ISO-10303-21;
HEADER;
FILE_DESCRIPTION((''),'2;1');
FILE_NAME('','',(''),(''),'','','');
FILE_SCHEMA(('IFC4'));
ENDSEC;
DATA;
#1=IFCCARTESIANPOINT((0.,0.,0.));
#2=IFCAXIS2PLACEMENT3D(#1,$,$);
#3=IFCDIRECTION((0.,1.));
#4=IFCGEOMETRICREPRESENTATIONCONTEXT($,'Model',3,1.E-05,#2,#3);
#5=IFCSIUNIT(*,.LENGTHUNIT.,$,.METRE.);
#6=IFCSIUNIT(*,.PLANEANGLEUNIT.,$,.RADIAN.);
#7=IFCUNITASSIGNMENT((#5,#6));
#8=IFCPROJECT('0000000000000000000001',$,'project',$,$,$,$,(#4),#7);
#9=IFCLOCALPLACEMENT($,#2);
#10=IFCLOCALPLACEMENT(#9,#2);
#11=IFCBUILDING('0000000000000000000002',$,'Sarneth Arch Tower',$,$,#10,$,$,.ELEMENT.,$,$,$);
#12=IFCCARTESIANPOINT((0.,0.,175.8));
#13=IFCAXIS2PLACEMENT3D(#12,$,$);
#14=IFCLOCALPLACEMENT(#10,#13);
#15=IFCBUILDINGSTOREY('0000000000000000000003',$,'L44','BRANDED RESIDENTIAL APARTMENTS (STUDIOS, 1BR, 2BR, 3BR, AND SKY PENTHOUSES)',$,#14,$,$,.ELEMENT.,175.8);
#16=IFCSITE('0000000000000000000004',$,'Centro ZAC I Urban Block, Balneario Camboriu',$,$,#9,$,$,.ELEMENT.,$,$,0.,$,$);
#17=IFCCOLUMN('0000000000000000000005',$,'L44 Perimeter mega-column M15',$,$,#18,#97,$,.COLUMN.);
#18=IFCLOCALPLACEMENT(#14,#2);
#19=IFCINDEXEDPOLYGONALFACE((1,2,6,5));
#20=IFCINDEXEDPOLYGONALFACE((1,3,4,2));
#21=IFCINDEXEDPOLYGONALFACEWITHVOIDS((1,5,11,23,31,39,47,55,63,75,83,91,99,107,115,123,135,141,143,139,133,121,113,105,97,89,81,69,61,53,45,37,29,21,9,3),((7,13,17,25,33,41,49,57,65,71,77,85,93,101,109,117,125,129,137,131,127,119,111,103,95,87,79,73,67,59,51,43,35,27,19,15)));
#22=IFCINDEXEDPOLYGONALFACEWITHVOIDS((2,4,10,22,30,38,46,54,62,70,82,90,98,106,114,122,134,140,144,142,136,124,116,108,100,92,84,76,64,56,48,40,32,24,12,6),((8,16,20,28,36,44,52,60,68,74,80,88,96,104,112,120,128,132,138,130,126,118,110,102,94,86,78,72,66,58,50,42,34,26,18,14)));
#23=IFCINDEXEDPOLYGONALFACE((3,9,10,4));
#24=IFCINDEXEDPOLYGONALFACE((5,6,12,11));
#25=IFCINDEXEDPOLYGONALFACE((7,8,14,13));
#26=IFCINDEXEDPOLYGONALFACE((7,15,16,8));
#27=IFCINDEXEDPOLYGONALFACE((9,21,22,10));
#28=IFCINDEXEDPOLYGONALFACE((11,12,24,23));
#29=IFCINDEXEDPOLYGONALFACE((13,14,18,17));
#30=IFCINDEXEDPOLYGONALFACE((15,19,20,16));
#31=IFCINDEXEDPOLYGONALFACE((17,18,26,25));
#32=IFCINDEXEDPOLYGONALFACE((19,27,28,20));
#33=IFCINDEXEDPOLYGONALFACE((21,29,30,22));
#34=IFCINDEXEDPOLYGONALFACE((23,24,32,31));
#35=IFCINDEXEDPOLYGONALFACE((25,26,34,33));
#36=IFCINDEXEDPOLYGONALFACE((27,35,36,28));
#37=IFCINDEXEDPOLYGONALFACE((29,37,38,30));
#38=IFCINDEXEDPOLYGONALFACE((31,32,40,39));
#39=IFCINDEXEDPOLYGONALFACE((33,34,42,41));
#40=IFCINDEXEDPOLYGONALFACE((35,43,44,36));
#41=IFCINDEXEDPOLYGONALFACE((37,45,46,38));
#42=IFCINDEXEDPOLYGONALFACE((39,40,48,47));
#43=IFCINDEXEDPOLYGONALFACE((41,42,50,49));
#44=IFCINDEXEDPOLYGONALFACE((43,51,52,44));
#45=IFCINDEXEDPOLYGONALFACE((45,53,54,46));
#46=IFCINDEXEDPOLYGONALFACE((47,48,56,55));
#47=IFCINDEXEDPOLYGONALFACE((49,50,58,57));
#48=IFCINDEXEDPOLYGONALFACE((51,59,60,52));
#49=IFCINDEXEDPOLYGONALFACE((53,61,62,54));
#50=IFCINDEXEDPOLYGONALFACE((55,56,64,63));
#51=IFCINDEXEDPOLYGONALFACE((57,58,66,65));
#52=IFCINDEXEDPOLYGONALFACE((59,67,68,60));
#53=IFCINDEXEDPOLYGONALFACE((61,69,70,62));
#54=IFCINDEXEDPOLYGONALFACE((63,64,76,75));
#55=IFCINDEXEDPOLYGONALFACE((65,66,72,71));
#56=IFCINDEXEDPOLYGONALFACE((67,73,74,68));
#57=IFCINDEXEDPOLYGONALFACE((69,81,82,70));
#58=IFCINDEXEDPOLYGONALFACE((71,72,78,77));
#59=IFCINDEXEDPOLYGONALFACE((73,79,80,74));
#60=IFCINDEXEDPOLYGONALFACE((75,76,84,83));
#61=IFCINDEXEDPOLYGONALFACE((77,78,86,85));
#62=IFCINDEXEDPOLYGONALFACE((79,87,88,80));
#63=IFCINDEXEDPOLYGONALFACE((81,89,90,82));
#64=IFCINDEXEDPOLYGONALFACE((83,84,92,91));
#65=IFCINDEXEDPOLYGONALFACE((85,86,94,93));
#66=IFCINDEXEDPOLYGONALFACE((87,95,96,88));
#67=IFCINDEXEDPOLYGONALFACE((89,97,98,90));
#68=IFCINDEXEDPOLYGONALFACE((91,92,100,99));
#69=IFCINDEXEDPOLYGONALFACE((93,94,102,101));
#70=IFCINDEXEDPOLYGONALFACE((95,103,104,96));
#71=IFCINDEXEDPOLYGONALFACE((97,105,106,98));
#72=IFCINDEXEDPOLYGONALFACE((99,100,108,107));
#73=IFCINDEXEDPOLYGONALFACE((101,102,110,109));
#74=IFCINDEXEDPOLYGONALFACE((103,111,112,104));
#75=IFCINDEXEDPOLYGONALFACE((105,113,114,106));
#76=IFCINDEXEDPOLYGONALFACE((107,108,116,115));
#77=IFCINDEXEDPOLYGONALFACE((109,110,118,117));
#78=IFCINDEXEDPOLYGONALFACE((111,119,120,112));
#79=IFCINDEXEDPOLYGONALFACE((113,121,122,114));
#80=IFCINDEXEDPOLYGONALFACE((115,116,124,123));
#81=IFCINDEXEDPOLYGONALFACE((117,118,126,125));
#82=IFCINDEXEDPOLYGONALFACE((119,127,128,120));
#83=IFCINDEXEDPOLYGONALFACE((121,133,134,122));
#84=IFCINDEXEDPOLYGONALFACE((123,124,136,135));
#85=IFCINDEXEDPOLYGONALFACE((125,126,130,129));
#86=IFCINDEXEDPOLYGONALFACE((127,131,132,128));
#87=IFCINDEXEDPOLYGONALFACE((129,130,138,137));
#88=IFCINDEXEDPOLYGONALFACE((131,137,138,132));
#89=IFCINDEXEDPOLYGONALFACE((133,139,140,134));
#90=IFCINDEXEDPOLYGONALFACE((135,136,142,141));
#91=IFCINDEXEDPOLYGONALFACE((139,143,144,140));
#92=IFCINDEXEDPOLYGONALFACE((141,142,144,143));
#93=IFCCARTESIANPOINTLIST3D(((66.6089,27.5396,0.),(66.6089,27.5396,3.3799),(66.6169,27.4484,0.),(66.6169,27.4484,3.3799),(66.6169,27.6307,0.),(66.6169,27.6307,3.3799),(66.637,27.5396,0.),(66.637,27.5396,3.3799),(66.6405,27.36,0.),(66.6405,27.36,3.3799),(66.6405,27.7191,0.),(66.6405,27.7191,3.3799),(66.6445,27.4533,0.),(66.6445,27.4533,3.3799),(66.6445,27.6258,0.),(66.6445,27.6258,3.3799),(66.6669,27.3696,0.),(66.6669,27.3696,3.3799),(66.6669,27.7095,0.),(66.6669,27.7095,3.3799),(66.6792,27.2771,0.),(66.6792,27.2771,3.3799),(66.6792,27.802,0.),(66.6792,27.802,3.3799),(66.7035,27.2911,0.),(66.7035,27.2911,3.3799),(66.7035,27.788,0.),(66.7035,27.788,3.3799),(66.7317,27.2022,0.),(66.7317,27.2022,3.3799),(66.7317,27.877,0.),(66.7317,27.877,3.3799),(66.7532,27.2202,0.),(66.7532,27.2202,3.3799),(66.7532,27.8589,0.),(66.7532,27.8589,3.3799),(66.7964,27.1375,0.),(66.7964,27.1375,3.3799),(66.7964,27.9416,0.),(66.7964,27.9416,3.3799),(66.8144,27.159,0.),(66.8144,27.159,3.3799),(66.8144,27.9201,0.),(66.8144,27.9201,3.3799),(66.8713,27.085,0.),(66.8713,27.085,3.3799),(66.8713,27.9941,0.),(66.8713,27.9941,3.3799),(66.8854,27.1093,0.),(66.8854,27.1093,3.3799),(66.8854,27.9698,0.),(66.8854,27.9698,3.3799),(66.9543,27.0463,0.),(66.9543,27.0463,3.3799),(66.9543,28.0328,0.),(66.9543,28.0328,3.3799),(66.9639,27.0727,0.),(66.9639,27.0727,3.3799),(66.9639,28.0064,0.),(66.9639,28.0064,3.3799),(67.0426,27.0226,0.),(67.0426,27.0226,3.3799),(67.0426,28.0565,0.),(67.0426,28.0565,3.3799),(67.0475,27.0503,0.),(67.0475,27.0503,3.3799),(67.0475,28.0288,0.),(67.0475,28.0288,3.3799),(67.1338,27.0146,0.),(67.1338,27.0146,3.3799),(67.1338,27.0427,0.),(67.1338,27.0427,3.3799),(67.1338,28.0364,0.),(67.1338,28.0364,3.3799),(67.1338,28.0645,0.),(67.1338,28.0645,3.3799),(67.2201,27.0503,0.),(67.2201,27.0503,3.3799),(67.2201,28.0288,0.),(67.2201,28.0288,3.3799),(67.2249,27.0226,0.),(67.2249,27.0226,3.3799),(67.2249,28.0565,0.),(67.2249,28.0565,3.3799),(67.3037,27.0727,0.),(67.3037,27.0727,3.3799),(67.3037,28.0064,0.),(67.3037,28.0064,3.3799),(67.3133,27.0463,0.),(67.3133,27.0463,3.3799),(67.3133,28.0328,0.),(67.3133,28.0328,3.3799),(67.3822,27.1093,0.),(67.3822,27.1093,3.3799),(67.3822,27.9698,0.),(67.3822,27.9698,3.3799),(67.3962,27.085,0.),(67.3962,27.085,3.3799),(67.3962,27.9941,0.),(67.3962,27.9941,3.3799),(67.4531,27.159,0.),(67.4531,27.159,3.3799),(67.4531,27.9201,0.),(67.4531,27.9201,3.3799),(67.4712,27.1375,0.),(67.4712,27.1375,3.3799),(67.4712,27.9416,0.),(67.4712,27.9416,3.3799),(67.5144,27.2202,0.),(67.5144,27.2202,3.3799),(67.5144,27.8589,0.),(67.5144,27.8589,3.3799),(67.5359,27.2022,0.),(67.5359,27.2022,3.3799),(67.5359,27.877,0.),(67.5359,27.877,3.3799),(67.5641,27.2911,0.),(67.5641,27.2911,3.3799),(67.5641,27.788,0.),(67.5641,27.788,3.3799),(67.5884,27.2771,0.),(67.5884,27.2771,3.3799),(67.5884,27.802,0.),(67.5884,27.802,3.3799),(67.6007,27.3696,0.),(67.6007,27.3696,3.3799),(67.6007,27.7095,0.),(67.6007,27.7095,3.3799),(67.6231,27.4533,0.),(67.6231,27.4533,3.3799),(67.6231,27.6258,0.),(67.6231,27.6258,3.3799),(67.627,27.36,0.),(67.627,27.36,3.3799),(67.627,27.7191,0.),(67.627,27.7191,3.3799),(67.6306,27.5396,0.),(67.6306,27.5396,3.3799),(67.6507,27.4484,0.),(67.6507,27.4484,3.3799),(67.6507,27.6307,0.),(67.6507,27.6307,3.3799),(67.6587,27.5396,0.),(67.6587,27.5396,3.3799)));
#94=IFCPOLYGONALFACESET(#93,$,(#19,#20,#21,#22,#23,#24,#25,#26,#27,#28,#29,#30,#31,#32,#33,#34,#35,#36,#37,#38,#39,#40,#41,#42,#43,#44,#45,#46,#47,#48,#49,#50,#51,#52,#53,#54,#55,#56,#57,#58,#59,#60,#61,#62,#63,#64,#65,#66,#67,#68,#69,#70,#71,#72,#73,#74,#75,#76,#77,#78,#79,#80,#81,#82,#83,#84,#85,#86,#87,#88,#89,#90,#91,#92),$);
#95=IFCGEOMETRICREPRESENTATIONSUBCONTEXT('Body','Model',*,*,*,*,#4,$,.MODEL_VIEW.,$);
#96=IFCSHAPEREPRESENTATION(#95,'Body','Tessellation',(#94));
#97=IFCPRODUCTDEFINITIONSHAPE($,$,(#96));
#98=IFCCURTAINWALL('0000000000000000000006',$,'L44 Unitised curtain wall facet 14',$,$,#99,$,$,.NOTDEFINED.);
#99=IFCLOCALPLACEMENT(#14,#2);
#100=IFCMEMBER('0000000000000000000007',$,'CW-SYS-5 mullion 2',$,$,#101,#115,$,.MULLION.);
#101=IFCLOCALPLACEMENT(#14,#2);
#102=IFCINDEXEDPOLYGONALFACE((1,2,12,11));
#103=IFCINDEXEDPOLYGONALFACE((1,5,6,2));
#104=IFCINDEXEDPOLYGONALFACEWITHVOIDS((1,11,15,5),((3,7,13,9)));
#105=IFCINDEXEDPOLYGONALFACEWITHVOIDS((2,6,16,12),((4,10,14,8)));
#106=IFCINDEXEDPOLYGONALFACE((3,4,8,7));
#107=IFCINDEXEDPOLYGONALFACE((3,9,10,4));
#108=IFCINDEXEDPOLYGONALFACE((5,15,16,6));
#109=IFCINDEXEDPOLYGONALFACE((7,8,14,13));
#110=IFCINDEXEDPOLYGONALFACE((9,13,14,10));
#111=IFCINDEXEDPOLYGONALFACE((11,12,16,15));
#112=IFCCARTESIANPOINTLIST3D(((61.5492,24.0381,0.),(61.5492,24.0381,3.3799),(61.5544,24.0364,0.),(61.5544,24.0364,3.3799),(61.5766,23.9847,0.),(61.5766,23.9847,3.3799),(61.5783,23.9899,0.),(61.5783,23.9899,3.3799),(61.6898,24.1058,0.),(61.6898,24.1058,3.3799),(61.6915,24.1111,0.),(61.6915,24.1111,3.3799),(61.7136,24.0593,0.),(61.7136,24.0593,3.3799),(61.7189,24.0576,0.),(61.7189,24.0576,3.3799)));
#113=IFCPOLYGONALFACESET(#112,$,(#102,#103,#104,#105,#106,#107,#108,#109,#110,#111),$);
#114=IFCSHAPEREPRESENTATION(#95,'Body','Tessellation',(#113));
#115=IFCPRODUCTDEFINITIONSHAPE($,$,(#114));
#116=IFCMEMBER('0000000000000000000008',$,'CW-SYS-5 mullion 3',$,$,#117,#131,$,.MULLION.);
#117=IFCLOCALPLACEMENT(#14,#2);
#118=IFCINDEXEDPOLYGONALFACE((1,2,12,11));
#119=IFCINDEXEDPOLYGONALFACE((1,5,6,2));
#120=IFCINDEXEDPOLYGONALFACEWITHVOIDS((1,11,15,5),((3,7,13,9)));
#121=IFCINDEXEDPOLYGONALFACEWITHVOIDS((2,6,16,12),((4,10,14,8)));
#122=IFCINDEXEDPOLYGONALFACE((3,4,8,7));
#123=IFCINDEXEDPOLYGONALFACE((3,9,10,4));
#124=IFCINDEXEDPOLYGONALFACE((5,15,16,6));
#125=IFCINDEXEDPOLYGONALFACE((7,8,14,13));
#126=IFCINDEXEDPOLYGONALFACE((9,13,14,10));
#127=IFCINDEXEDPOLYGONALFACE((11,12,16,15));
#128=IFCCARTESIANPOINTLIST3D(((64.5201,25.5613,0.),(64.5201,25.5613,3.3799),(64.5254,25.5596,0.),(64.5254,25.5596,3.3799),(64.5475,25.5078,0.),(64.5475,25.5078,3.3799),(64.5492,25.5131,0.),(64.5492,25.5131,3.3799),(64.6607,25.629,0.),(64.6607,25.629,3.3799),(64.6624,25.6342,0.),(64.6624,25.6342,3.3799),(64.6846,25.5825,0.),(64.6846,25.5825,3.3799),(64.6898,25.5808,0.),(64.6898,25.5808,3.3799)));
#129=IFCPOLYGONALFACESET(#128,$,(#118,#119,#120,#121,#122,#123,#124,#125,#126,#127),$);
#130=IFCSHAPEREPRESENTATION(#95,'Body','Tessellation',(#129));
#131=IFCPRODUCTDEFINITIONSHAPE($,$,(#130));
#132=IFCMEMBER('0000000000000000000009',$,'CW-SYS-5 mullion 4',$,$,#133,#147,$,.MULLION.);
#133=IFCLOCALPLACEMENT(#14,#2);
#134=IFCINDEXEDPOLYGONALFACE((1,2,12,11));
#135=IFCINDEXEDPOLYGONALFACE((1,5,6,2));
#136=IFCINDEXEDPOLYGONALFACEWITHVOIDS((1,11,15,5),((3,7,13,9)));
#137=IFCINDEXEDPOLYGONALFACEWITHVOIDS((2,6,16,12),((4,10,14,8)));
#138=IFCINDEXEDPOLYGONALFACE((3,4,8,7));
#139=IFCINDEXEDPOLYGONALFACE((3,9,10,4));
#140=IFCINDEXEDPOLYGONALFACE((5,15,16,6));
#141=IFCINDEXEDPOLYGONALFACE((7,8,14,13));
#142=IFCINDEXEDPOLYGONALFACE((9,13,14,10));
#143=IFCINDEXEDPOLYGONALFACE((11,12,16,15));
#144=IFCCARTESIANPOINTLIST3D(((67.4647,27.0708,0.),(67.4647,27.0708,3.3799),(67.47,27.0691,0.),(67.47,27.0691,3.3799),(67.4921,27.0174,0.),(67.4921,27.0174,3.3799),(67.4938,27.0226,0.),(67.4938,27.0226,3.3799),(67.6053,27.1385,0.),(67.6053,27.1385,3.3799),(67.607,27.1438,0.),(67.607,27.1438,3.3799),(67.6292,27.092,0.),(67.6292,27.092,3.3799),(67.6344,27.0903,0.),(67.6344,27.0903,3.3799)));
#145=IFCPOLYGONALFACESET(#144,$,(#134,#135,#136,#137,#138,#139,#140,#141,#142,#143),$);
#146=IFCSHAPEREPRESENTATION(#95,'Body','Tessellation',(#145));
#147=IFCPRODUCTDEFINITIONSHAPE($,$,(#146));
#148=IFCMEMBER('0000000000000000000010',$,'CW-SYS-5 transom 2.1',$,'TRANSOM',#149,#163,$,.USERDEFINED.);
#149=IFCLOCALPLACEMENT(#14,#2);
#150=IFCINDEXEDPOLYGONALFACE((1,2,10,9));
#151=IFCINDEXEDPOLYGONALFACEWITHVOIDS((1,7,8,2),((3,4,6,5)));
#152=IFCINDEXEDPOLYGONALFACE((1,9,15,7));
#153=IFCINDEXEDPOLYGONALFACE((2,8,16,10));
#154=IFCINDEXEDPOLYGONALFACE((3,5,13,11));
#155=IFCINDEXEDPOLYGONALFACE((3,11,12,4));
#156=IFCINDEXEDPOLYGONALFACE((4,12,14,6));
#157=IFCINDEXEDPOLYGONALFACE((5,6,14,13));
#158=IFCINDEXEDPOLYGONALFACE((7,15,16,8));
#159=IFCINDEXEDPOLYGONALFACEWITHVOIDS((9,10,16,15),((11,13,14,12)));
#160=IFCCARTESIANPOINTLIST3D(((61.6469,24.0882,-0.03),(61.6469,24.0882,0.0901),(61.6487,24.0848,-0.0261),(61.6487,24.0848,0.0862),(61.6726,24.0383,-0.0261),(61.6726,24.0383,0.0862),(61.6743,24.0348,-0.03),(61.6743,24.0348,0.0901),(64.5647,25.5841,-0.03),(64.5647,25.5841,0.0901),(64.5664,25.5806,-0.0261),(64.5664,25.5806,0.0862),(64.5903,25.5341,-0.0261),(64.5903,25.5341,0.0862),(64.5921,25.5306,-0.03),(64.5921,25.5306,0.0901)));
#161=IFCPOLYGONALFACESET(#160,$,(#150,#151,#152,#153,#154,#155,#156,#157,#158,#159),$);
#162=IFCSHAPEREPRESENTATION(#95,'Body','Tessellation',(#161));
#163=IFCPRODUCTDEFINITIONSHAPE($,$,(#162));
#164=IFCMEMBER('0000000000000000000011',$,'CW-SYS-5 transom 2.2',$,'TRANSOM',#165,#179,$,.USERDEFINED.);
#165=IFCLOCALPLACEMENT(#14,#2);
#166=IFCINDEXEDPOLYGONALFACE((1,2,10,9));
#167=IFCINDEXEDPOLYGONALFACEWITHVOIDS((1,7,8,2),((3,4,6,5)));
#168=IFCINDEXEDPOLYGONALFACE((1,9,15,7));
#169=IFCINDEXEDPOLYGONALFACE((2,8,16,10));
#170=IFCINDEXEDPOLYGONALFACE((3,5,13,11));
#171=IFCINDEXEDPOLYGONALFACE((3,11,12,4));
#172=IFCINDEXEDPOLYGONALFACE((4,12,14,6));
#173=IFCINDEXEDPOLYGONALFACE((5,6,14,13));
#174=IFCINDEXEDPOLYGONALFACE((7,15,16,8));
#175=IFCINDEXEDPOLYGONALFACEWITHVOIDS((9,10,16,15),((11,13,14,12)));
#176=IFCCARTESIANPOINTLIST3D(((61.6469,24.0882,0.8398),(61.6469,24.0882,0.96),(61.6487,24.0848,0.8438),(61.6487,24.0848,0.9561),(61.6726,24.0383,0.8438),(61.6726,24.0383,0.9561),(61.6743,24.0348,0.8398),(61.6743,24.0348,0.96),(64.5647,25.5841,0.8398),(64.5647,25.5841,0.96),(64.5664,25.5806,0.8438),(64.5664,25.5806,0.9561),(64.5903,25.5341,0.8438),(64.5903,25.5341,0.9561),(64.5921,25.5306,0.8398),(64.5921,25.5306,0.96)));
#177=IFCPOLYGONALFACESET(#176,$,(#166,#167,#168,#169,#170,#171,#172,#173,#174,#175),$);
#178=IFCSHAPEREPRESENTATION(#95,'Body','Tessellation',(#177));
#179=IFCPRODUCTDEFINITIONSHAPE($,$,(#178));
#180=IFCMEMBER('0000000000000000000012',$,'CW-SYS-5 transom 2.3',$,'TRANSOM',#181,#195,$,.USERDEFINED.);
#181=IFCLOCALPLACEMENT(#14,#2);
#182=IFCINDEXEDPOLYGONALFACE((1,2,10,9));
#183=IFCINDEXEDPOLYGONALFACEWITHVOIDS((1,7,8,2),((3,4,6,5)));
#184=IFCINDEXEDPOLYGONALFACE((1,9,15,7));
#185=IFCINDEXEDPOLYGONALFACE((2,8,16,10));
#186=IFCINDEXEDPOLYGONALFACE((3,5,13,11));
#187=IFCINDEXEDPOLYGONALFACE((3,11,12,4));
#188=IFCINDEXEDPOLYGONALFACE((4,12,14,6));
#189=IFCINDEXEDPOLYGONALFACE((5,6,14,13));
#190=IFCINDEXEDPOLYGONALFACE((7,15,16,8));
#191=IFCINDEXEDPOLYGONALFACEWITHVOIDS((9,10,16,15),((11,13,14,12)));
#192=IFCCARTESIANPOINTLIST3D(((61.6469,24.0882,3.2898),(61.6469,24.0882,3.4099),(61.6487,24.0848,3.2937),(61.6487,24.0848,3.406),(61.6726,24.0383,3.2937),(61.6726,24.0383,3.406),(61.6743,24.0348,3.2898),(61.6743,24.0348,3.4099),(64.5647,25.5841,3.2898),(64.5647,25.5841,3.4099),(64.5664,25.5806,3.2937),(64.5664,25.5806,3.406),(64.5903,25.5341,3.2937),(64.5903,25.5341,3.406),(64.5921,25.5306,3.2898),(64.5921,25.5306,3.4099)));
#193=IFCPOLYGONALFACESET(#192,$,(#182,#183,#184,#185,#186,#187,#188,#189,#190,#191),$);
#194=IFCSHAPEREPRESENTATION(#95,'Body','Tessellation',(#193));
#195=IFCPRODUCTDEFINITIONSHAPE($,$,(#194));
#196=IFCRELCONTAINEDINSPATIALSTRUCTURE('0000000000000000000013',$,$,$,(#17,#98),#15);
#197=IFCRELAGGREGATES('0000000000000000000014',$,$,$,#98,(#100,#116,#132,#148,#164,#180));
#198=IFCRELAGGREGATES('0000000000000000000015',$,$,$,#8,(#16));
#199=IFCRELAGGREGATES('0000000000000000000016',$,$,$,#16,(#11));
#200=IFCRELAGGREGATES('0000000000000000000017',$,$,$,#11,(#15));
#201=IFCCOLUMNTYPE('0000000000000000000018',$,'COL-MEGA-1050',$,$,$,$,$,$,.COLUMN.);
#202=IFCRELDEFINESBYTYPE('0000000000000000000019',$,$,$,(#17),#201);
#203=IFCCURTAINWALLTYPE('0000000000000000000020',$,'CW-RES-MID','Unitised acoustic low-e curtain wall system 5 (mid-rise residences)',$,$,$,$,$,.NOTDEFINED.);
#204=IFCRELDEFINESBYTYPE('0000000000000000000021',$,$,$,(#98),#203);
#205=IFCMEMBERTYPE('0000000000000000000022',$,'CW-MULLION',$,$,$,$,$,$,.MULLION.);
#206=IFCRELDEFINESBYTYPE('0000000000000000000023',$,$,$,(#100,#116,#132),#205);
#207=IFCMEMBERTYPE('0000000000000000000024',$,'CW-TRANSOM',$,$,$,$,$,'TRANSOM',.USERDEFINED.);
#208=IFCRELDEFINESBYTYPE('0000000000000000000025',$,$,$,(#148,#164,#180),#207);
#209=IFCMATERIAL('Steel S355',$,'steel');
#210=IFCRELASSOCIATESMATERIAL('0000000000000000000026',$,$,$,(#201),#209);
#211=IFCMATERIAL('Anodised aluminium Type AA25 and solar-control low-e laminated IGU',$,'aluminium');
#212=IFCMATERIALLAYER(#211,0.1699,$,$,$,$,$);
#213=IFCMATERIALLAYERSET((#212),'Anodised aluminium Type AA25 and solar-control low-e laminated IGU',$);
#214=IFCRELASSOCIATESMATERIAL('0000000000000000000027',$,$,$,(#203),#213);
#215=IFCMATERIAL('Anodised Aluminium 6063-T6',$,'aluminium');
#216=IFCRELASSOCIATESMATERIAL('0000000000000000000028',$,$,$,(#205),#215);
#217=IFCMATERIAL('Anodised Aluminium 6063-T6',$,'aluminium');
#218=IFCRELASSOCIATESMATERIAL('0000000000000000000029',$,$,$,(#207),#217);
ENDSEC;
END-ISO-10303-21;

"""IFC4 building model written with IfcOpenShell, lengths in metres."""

from ifc_helpers import new_model, si_unit, direction, frame, origin, origin_2d, place, context, subcontext, project, spatial, hollow_rectangle, hollow_circle, extrude, material, layer, layer_set, material_profile, profile_set, type_object, element, aggregate, save


model = new_model("IFC4")

# Units and contexts
model_context = context("Model", 3, precision=1e-05, world=origin(), true_north=direction((0.0, 1.0)))
body_context = subcontext(model_context, "Body", "Model", "MODEL_VIEW")
ifc_project = project(units=[si_unit("LENGTHUNIT", "METRE"), si_unit("PLANEANGLEUNIT", "RADIAN")], contexts=[model_context])

# Site, building, storey
site_placement = place(None, origin())
site = spatial("IfcSite", under=ifc_project, at=site_placement, Name="Centro ZAC I Urban Block, Balneario Camboriu", CompositionType="ELEMENT", RefElevation=0.0)
building_placement = place(site_placement, origin())
building = spatial("IfcBuilding", under=site, at=building_placement, Name="Sarneth Arch Tower", CompositionType="ELEMENT")
storey_placement = place(building_placement, frame((0.0, 0.0, 175.8)))
storey = spatial("IfcBuildingStorey", under=building, at=storey_placement, Name="L44", Description="BRANDED RESIDENTIAL APARTMENTS (STUDIOS, 1BR, 2BR, 3BR, AND SKY PENTHOUSES)", CompositionType="ELEMENT", Elevation=175.8)

# Column
ifc_material_1 = material(Name="Steel S355", Category="steel")
ifc_material_profile_1 = material_profile(ifc_material_1, hollow_circle(Radius=0.5249, WallThickness=0.0281, at=origin_2d()), Name="CHS1050x28")
ifc_profile_set_1 = profile_set([ifc_material_profile_1], Name="Steel S355")
column_type = type_object("IfcColumnType", Name="COL-MEGA-1050", PredefinedType="COLUMN", material=ifc_profile_set_1)
column_placement = place(storey_placement, frame((67.1338, 27.5396, 0.0), z_axis=(0.0, 0.0, 1.0), x_axis=(1.0, 0.0, 0.0)))
element("IfcColumn", 1, at=column_placement, inside=storey, type_object=column_type, Name="L44 Perimeter mega-column M15", PredefinedType="COLUMN", context=body_context, shape_type="SweptSolid", body=[
    extrude(hollow_circle(Radius=0.5249, WallThickness=0.0281, at=origin_2d()), origin(), (0.0, 0.0, 1.0), 3.3799),
])

# Curtain wall, members
ifc_material_2 = material(Name="Anodised aluminium Type AA25 and solar-control low-e laminated IGU", Category="aluminium")
ifc_layer_1 = layer(ifc_material_2, 0.1699)
ifc_layer_set_1 = layer_set([ifc_layer_1], Name="Anodised aluminium Type AA25 and solar-control low-e laminated IGU")
curtain_wall_type = type_object("IfcCurtainWallType", Name="CW-RES-MID", Description="Unitised acoustic low-e curtain wall system 5 (mid-rise residences)", PredefinedType="NOTDEFINED", material=ifc_layer_set_1)
curtain_wall_placement = place(storey_placement, origin())
curtain_wall = element("IfcCurtainWall", 2, at=curtain_wall_placement, inside=storey, type_object=curtain_wall_type, Name="L44 Unitised curtain wall facet 14", PredefinedType="NOTDEFINED")
ifc_material_3 = material(Name="Anodised Aluminium 6063-T6", Category="aluminium")
ifc_material_profile_2 = material_profile(ifc_material_3, hollow_rectangle(XDim=0.0601, YDim=0.1599, WallThickness=0.0039, at=origin_2d()), Name="AL-MULL-160x60x4")
ifc_profile_set_2 = profile_set([ifc_material_profile_2], Name="Anodised Aluminium 6063-T6")
member_type_1 = type_object("IfcMemberType", Name="CW-MULLION", PredefinedType="MULLION", material=ifc_profile_set_2)
member_1_placement = place(storey_placement, frame((61.634, 24.0479, 0.0), z_axis=(0.0, 0.0, 1.0), x_axis=(-0.456208, 0.889873, 0.0)))
member_1 = element("IfcMember", 3, at=member_1_placement, type_object=member_type_1, Name="CW-SYS-5 mullion 2", PredefinedType="MULLION", context=body_context, shape_type="SweptSolid", body=[
    extrude(hollow_rectangle(XDim=0.0601, YDim=0.1599, WallThickness=0.0039, at=origin_2d()), origin(), (0.0, 0.0, 1.0), 3.3799),
])
member_2_placement = place(storey_placement, frame((64.605, 25.571, 0.0), z_axis=(0.0, 0.0, 1.0), x_axis=(-0.456208, 0.889873, 0.0)))
member_2 = element("IfcMember", 4, at=member_2_placement, type_object=member_type_1, Name="CW-SYS-5 mullion 3", PredefinedType="MULLION", context=body_context, shape_type="SweptSolid", body=[
    extrude(hollow_rectangle(XDim=0.0601, YDim=0.1599, WallThickness=0.0039, at=origin_2d()), origin(), (0.0, 0.0, 1.0), 3.3799),
])
member_3_placement = place(storey_placement, frame((67.5496, 27.0806, 0.0), z_axis=(0.0, 0.0, 1.0), x_axis=(-0.456208, 0.889873, 0.0)))
member_3 = element("IfcMember", 5, at=member_3_placement, type_object=member_type_1, Name="CW-SYS-5 mullion 4", PredefinedType="MULLION", context=body_context, shape_type="SweptSolid", body=[
    extrude(hollow_rectangle(XDim=0.0601, YDim=0.1599, WallThickness=0.0039, at=origin_2d()), origin(), (0.0, 0.0, 1.0), 3.3799),
])
ifc_material_4 = material(Name="Anodised Aluminium 6063-T6", Category="aluminium")
ifc_material_profile_3 = material_profile(ifc_material_4, hollow_rectangle(XDim=0.0601, YDim=0.1201, WallThickness=0.0039, at=origin_2d()), Name="AL-TRAN-120x60x4")
ifc_profile_set_3 = profile_set([ifc_material_profile_3], Name="Anodised Aluminium 6063-T6")
member_type_2 = type_object("IfcMemberType", Name="CW-TRANSOM", ElementType="TRANSOM", PredefinedType="USERDEFINED", material=ifc_profile_set_3)
member_4_placement = place(storey_placement, frame((61.6606, 24.0615, 0.03), z_axis=(0.889869, 0.456215, 0.0), x_axis=(-0.456215, 0.889869, 0.0)))
member_4 = element("IfcMember", 6, at=member_4_placement, type_object=member_type_2, Name="CW-SYS-5 transom 2.1", ObjectType="TRANSOM", PredefinedType="USERDEFINED", context=body_context, shape_type="SweptSolid", body=[
    extrude(hollow_rectangle(XDim=0.0601, YDim=0.1201, WallThickness=0.0039, at=origin_2d()), origin(), (0.0, 0.0, 1.0), 3.2788),
])
member_5_placement = place(storey_placement, frame((61.6606, 24.0615, 0.8999), z_axis=(0.889869, 0.456215, 0.0), x_axis=(-0.456215, 0.889869, 0.0)))
member_5 = element("IfcMember", 7, at=member_5_placement, type_object=member_type_2, Name="CW-SYS-5 transom 2.2", ObjectType="TRANSOM", PredefinedType="USERDEFINED", context=body_context, shape_type="SweptSolid", body=[
    extrude(hollow_rectangle(XDim=0.0601, YDim=0.1201, WallThickness=0.0039, at=origin_2d()), origin(), (0.0, 0.0, 1.0), 3.2788),
])
member_6_placement = place(storey_placement, frame((61.6606, 24.0615, 3.3499), z_axis=(0.889869, 0.456215, 0.0), x_axis=(-0.456215, 0.889869, 0.0)))
member_6 = element("IfcMember", 8, at=member_6_placement, type_object=member_type_2, Name="CW-SYS-5 transom 2.3", ObjectType="TRANSOM", PredefinedType="USERDEFINED", context=body_context, shape_type="SweptSolid", body=[
    extrude(hollow_rectangle(XDim=0.0601, YDim=0.1201, WallThickness=0.0039, at=origin_2d()), origin(), (0.0, 0.0, 1.0), 3.2788),
])

aggregate(curtain_wall, [member_1, member_2, member_3, member_4, member_5, member_6])

save(model, "model.ifc")
